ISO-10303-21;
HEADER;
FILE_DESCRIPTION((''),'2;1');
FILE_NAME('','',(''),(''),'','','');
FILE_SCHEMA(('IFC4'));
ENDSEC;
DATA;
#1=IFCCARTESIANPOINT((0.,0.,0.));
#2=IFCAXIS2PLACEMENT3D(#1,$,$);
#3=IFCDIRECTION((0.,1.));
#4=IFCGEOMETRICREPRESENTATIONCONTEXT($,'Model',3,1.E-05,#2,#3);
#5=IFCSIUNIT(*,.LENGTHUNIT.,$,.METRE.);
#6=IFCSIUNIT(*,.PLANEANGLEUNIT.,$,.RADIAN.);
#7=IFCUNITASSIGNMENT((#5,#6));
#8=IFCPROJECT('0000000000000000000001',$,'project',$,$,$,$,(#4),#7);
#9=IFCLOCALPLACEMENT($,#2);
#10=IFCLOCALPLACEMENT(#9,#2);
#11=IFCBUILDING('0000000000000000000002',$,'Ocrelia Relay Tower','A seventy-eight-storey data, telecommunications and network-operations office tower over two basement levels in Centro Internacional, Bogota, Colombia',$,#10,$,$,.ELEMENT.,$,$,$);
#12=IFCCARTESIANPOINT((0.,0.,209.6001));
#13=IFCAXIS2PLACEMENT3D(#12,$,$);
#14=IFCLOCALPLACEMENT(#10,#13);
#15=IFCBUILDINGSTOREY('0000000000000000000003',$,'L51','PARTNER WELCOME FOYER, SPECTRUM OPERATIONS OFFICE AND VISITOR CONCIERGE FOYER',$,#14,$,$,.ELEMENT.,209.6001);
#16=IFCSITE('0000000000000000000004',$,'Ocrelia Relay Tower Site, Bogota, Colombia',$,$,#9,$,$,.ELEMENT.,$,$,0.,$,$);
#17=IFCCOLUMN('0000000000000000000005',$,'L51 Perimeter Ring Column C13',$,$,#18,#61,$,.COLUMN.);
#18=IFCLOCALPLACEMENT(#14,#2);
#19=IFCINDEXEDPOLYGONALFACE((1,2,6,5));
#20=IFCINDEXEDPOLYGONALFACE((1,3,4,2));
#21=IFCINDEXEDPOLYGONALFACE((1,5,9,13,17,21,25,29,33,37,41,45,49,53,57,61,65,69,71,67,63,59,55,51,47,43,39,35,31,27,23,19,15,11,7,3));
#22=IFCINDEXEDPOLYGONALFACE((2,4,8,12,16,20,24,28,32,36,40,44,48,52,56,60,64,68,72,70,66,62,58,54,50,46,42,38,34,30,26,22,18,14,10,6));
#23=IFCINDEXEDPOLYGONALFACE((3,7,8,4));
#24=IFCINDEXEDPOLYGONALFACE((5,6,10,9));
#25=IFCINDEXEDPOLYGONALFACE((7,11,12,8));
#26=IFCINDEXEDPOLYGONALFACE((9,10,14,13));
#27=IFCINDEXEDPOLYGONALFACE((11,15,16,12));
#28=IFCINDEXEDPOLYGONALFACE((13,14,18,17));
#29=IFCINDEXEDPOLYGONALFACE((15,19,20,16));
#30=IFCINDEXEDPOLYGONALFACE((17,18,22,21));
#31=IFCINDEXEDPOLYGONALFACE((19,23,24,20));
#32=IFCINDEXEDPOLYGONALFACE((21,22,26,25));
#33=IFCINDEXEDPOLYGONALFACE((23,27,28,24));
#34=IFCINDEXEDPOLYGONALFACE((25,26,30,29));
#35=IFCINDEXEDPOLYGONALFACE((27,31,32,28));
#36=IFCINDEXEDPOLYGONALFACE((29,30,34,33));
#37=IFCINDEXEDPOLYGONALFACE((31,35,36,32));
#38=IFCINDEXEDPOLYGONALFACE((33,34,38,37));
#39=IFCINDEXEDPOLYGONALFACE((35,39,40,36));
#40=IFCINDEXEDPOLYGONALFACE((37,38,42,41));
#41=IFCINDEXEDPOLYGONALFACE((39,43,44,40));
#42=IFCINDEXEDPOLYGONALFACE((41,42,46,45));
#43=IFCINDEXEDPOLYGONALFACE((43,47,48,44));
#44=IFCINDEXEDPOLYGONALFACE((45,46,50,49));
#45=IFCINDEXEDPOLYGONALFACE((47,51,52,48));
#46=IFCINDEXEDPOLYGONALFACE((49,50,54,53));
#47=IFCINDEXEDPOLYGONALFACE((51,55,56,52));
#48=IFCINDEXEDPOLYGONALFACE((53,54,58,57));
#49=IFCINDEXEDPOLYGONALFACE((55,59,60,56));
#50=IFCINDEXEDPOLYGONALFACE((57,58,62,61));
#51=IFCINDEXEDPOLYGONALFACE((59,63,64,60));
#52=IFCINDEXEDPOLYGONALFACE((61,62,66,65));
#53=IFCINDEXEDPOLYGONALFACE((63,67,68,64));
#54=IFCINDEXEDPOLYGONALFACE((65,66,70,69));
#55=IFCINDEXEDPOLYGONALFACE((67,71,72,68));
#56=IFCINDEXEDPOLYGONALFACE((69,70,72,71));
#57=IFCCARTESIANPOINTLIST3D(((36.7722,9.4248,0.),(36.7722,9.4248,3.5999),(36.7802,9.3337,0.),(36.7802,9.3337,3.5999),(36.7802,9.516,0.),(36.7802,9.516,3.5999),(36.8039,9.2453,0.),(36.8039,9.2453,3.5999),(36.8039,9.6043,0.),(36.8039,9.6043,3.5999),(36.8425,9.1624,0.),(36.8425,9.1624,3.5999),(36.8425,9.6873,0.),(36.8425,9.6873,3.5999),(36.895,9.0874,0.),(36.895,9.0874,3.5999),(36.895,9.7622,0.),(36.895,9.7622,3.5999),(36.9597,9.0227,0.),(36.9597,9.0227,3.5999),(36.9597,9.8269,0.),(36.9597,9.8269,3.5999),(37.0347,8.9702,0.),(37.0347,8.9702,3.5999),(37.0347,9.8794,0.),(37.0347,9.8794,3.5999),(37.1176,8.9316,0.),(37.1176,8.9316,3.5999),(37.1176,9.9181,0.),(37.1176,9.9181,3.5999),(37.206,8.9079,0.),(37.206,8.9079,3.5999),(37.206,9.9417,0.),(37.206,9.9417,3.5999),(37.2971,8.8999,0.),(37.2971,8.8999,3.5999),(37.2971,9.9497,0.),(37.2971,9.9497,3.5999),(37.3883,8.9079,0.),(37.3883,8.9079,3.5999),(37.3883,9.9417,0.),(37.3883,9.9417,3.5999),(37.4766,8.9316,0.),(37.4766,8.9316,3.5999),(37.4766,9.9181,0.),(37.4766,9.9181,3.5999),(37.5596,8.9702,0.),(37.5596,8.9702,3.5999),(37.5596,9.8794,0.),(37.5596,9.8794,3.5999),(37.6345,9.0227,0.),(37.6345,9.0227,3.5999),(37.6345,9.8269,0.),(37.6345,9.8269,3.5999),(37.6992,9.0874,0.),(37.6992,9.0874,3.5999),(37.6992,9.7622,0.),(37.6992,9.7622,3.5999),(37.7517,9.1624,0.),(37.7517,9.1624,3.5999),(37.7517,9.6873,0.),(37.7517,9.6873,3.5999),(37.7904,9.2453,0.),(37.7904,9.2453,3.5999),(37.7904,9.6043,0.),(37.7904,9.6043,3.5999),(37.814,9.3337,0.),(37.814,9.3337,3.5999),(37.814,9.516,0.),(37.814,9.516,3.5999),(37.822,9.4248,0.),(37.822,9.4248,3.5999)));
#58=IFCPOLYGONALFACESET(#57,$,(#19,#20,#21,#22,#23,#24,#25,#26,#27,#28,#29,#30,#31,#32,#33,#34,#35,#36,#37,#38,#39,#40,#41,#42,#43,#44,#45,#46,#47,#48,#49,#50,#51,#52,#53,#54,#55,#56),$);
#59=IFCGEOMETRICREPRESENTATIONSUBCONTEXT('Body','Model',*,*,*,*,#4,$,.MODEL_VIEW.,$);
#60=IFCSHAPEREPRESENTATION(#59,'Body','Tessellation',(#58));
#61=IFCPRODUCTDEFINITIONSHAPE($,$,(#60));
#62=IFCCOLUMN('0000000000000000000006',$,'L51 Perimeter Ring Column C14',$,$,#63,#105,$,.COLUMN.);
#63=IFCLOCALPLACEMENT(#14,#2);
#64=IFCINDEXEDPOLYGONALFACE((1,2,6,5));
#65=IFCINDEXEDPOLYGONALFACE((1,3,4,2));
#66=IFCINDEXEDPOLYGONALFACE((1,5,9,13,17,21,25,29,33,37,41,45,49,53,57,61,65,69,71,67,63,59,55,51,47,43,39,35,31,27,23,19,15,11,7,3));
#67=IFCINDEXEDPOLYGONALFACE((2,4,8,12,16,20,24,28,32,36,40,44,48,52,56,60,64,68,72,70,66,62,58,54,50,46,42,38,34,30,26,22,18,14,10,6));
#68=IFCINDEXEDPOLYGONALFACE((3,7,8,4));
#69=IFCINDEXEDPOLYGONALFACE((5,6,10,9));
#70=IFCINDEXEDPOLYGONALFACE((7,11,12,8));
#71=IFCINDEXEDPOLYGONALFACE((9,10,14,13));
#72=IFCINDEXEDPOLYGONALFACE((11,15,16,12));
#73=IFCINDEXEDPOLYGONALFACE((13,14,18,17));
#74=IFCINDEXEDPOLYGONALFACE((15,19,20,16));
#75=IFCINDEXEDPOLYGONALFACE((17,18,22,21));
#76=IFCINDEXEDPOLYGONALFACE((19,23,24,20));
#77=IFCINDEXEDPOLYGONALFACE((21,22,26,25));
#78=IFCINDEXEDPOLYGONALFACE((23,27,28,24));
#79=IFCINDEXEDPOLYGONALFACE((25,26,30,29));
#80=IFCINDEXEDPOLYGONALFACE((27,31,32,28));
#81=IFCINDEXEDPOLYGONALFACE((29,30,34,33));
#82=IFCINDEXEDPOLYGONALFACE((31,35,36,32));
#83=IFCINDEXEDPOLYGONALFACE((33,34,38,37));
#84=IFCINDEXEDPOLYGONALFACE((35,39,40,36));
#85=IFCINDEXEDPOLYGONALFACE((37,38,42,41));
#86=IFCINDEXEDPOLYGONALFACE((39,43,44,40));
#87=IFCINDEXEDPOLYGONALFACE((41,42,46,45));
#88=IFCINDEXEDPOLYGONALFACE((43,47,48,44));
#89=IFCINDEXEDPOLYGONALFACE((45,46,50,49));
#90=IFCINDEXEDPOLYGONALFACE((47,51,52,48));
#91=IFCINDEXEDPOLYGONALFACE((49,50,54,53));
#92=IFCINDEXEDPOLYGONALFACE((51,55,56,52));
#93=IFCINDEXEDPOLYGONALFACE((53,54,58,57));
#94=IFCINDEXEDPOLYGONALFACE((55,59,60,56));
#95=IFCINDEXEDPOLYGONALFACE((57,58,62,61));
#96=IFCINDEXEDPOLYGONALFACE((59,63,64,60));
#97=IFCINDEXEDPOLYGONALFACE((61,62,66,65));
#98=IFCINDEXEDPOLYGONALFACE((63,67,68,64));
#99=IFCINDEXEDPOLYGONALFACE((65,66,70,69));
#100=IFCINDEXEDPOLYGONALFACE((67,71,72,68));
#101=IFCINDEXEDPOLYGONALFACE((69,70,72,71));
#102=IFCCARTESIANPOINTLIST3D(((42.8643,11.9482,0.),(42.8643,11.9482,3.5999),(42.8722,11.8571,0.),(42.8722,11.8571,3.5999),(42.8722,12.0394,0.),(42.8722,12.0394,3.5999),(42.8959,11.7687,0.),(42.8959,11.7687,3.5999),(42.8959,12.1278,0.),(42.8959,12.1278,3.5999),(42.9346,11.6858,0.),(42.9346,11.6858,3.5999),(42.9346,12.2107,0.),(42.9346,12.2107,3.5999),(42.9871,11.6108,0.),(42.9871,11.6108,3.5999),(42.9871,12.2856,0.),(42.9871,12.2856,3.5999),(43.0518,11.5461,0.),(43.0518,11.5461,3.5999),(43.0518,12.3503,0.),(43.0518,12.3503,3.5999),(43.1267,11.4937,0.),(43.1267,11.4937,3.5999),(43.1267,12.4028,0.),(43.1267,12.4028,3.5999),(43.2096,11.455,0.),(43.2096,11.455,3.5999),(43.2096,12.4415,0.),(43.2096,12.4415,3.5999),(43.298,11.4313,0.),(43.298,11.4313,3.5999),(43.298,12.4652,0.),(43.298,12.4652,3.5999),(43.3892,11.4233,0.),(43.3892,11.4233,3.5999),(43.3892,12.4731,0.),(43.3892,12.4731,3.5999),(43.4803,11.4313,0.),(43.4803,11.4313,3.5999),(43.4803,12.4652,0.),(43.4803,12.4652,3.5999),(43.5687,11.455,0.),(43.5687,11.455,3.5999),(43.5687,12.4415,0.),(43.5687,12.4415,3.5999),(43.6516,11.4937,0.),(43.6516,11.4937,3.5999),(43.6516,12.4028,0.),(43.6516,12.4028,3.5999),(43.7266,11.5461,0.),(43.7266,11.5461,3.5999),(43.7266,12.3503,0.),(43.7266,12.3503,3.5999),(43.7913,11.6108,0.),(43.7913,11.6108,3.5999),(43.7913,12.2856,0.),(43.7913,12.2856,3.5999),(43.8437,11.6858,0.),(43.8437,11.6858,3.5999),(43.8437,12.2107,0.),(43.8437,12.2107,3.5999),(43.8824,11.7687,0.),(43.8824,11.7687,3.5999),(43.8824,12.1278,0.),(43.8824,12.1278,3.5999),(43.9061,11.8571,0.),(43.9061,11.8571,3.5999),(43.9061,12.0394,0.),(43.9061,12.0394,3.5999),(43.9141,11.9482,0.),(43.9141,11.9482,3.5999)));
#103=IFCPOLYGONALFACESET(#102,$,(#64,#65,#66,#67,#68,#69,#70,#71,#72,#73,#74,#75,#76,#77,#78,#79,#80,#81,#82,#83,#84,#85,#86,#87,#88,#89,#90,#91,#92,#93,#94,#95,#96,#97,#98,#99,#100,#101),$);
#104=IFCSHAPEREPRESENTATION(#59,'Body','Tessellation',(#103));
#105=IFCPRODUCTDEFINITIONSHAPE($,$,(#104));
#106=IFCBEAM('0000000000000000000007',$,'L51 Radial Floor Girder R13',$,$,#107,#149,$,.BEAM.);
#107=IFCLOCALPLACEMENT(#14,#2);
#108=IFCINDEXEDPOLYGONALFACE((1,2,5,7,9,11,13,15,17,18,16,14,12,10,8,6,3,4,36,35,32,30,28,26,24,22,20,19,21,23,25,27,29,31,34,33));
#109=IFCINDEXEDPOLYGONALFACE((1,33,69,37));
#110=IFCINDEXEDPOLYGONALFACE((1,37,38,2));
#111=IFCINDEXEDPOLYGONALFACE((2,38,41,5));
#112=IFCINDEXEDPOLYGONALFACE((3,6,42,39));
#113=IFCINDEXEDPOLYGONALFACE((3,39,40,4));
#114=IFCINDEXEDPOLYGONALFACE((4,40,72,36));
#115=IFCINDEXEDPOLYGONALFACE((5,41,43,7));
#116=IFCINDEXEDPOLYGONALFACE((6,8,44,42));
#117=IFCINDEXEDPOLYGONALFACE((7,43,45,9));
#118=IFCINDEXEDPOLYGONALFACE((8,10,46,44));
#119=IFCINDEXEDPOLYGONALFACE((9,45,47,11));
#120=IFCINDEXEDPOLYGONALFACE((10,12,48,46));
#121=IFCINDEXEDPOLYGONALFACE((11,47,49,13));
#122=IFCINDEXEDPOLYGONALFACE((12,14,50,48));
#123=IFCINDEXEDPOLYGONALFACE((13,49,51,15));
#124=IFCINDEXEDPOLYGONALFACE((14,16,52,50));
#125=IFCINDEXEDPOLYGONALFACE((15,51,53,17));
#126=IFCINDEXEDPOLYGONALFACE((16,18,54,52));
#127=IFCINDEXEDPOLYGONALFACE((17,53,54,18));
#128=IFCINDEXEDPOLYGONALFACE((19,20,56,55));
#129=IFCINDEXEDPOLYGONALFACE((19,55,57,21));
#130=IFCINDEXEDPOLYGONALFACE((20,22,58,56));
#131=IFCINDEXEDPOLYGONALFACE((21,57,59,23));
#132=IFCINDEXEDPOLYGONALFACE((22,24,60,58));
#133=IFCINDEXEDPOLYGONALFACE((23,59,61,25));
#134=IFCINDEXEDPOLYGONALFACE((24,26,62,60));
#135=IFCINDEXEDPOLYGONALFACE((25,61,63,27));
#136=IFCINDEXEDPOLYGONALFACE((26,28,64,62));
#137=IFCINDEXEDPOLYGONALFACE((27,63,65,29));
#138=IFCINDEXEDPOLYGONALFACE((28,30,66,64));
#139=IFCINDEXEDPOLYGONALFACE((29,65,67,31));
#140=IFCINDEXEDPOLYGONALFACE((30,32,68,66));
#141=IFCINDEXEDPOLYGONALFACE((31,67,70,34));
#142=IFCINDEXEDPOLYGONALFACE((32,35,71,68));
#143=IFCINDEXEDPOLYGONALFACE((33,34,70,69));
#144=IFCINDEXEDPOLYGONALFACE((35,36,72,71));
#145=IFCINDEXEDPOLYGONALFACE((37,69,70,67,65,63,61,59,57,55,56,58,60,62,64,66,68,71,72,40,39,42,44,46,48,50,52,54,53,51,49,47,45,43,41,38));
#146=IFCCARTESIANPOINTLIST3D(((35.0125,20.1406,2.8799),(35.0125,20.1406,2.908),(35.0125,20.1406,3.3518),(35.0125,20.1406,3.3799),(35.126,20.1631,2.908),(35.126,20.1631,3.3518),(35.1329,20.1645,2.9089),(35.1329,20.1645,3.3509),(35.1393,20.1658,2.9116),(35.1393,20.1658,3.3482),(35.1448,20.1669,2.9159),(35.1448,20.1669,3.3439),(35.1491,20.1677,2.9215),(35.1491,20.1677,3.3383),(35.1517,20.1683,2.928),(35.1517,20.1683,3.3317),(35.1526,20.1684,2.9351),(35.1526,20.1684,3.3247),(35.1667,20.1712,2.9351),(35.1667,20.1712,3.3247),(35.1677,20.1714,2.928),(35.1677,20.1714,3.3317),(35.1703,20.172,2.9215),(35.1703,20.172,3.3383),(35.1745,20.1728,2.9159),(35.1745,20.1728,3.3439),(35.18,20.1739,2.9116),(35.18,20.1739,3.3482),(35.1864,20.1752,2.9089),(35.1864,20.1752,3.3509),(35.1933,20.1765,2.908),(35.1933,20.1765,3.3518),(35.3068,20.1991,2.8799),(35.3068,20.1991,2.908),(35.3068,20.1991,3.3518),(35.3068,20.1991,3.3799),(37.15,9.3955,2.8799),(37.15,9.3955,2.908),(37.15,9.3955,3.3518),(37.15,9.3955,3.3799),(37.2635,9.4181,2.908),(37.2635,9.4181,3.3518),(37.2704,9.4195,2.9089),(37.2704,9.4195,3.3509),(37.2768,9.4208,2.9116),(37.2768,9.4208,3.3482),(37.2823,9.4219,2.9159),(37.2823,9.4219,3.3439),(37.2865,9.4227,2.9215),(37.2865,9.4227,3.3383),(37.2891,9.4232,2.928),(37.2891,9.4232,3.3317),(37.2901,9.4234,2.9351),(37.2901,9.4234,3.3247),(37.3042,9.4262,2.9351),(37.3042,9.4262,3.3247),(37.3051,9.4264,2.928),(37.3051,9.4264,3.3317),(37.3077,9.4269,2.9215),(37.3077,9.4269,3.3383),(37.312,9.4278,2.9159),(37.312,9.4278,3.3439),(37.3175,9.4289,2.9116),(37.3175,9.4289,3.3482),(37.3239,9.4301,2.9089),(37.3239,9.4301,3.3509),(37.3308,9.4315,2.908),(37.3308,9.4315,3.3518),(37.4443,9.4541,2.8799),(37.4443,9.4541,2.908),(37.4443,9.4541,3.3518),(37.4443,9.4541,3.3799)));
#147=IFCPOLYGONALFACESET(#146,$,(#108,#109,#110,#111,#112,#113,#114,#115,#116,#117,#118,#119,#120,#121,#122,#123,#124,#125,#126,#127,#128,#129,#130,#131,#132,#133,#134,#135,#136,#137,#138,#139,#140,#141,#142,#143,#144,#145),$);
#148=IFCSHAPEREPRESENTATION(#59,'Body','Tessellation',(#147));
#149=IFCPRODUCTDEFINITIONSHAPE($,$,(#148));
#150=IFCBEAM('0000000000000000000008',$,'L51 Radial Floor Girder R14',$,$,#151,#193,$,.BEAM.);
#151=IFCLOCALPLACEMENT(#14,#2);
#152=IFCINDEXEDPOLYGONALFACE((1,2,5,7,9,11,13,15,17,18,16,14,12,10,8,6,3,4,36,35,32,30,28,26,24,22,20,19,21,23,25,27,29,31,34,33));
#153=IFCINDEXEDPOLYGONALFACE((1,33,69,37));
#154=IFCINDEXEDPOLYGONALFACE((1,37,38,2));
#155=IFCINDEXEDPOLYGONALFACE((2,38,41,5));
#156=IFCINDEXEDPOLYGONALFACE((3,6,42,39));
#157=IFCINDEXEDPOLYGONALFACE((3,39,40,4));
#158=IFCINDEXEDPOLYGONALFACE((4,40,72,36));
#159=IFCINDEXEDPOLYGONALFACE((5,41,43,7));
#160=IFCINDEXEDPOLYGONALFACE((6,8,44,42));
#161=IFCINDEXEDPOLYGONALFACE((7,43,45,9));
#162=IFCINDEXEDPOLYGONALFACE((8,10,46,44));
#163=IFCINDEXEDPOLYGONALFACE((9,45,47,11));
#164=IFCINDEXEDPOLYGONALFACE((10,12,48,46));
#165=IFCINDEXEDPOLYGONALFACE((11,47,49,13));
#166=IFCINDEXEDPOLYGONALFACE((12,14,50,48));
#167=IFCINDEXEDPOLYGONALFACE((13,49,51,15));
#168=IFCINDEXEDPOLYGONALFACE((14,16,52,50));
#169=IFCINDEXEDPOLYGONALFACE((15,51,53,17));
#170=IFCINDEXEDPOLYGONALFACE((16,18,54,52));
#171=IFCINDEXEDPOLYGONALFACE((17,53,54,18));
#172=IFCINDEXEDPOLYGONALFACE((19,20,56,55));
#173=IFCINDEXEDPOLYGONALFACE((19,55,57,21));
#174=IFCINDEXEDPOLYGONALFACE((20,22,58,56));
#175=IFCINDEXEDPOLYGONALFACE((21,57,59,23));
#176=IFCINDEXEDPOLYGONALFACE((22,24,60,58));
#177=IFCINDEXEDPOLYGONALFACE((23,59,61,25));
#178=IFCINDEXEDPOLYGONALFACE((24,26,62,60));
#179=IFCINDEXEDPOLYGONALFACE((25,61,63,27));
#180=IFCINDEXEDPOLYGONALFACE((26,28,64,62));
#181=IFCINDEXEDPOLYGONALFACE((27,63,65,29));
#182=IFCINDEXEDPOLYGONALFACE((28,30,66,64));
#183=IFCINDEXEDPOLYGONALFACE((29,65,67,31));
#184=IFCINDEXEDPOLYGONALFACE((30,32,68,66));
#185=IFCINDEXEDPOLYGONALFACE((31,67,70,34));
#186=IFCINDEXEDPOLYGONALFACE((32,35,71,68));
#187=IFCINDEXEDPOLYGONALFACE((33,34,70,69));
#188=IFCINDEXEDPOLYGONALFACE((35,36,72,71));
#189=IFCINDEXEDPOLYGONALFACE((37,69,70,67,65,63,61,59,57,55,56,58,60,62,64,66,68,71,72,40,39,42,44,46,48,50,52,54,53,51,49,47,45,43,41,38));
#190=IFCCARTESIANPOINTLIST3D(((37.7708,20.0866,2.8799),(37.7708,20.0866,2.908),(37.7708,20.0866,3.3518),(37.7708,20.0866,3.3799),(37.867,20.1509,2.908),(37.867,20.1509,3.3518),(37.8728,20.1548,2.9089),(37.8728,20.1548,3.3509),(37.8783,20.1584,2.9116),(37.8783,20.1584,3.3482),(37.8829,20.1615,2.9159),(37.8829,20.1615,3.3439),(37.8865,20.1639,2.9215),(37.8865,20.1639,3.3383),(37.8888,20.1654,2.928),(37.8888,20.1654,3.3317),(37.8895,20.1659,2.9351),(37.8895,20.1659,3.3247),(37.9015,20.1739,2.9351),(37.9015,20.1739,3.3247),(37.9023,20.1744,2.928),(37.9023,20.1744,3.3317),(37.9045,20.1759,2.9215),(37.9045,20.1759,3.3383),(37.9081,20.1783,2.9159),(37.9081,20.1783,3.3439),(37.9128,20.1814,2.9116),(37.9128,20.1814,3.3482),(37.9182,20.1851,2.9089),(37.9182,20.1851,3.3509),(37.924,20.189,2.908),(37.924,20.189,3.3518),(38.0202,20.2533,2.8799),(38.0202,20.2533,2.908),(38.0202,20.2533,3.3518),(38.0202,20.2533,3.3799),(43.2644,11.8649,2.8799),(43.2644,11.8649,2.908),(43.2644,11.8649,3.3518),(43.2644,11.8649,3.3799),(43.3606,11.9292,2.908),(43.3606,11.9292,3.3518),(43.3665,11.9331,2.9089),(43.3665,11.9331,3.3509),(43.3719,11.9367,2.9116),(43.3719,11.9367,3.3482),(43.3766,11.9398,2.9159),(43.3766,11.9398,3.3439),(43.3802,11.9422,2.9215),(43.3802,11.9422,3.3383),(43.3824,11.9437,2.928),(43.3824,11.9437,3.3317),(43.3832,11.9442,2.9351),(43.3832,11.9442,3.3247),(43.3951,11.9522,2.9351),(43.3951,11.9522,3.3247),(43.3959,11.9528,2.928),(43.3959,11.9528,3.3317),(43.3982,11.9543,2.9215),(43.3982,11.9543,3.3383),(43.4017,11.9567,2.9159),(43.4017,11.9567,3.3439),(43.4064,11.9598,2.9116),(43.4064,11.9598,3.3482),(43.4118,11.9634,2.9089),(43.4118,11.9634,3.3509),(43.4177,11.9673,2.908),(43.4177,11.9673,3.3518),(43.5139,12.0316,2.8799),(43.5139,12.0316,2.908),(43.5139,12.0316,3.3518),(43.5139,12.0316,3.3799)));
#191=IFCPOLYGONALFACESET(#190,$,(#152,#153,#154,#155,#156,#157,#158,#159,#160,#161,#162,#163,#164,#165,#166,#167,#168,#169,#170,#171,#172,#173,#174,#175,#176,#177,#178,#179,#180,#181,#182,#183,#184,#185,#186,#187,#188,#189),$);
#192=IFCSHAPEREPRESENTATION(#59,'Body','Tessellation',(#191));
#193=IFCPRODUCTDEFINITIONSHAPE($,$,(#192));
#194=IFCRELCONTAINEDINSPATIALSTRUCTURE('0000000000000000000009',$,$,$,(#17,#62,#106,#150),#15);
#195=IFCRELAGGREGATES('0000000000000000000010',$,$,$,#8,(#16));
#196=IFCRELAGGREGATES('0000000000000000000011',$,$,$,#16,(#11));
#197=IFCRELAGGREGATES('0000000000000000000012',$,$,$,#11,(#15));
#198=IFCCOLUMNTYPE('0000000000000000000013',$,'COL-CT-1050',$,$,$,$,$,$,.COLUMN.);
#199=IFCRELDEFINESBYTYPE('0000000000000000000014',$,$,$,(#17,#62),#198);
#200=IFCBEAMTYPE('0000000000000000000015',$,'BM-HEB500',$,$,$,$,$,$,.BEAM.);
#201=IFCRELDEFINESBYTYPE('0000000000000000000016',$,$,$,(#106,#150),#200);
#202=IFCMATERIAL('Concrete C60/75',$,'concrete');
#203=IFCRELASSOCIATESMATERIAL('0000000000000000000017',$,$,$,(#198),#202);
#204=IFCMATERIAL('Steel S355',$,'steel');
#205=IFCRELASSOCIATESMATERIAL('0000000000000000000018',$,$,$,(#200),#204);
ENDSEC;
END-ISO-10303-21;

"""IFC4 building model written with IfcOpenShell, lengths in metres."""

from ifc_helpers import new_model, si_unit, direction, frame, origin, origin_2d, place, context, subcontext, project, spatial, circle, i_section, extrude, material, material_profile, profile_set, type_object, element, save


model = new_model("IFC4")

# Units and contexts
model_context = context("Model", 3, precision=1e-05, world=origin(), true_north=direction((0.0, 1.0)))
body_context = subcontext(model_context, "Body", "Model", "MODEL_VIEW")
ifc_project = project(units=[si_unit("LENGTHUNIT", "METRE"), si_unit("PLANEANGLEUNIT", "RADIAN")], contexts=[model_context])

# Site, building, storey
site_placement = place(None, origin())
site = spatial("IfcSite", under=ifc_project, at=site_placement, Name="Ocrelia Relay Tower Site, Bogota, Colombia", CompositionType="ELEMENT", RefElevation=0.0)
building_placement = place(site_placement, origin())
building = spatial("IfcBuilding", under=site, at=building_placement, Name="Ocrelia Relay Tower", Description="A seventy-eight-storey data, telecommunications and network-operations office tower over two basement levels in Centro Internacional, Bogota, Colombia", CompositionType="ELEMENT")
storey_placement = place(building_placement, frame((0.0, 0.0, 209.6001)))
storey = spatial("IfcBuildingStorey", under=building, at=storey_placement, Name="L51", Description="PARTNER WELCOME FOYER, SPECTRUM OPERATIONS OFFICE AND VISITOR CONCIERGE FOYER", CompositionType="ELEMENT", Elevation=209.6001)

# Columns
ifc_material_1 = material(Name="Concrete C60/75", Category="concrete")
ifc_material_profile_1 = material_profile(ifc_material_1, circle(Radius=0.5249, at=origin_2d()), Name="RC-CIR-1050")
ifc_profile_set_1 = profile_set([ifc_material_profile_1], Name="Concrete C60/75")
column_type = type_object("IfcColumnType", Name="COL-CT-1050", PredefinedType="COLUMN", material=ifc_profile_set_1)
for number, where, z_axis, x_axis, name in (
    (1, (37.2971, 9.4248, 0.0), (0.0, 0.0, 1.0), (1.0, 0.0, 0.0), "L51 Perimeter Ring Column C13"),
    (2, (43.3892, 11.9482, 0.0), (0.0, 0.0, 1.0), (1.0, 0.0, 0.0), "L51 Perimeter Ring Column C14"),
):
    element("IfcColumn", number, at=place(storey_placement, frame(where, z_axis=z_axis, x_axis=x_axis)), inside=storey, type_object=column_type, Name=name, PredefinedType="COLUMN", context=body_context, shape_type="SweptSolid", body=[
        extrude(circle(Radius=0.5249, at=origin_2d()), origin(), (0.0, 0.0, 1.0), 3.5999),
    ])

# Beams
ifc_material_2 = material(Name="Steel S355", Category="steel")
ifc_material_profile_2 = material_profile(ifc_material_2, i_section(OverallWidth=0.3, OverallDepth=0.5, WebThickness=0.0144, FlangeThickness=0.0281, FilletRadius=0.0271, at=origin_2d()), Name="HEB 500")
ifc_profile_set_2 = profile_set([ifc_material_profile_2], Name="Steel S355")
beam_type_1 = type_object("IfcBeamType", Name="BM-HEB500", PredefinedType="BEAM", material=ifc_profile_set_2)
beam_1_placement = place(storey_placement, frame((37.2971, 9.4248, 3.1299), z_axis=(-0.1951, 0.980783, 0.0), x_axis=(-0.980783, -0.1951, 0.0)))
element("IfcBeam", 3, at=beam_1_placement, inside=storey, type_object=beam_type_1, Name="L51 Radial Floor Girder R13", PredefinedType="BEAM", context=body_context, shape_type="SweptSolid", body=[
    extrude(i_section(OverallWidth=0.3, OverallDepth=0.5, WebThickness=0.0144, FlangeThickness=0.0281, FilletRadius=0.0271, at=origin_2d()), origin(), (0.0, 0.0, 1.0), 10.9556),
])
beam_2_placement = place(storey_placement, frame((43.3892, 11.9482, 3.1299), z_axis=(-0.555577, 0.831465, 0.0), x_axis=(-0.831465, -0.555577, 0.0)))
element("IfcBeam", 4, at=beam_2_placement, inside=storey, type_object=beam_type_1, Name="L51 Radial Floor Girder R14", PredefinedType="BEAM", context=body_context, shape_type="SweptSolid", body=[
    extrude(i_section(OverallWidth=0.3, OverallDepth=0.5, WebThickness=0.0144, FlangeThickness=0.0281, FilletRadius=0.0271, at=origin_2d()), origin(), (0.0, 0.0, 1.0), 9.8882),
])

save(model, "model.ifc")
